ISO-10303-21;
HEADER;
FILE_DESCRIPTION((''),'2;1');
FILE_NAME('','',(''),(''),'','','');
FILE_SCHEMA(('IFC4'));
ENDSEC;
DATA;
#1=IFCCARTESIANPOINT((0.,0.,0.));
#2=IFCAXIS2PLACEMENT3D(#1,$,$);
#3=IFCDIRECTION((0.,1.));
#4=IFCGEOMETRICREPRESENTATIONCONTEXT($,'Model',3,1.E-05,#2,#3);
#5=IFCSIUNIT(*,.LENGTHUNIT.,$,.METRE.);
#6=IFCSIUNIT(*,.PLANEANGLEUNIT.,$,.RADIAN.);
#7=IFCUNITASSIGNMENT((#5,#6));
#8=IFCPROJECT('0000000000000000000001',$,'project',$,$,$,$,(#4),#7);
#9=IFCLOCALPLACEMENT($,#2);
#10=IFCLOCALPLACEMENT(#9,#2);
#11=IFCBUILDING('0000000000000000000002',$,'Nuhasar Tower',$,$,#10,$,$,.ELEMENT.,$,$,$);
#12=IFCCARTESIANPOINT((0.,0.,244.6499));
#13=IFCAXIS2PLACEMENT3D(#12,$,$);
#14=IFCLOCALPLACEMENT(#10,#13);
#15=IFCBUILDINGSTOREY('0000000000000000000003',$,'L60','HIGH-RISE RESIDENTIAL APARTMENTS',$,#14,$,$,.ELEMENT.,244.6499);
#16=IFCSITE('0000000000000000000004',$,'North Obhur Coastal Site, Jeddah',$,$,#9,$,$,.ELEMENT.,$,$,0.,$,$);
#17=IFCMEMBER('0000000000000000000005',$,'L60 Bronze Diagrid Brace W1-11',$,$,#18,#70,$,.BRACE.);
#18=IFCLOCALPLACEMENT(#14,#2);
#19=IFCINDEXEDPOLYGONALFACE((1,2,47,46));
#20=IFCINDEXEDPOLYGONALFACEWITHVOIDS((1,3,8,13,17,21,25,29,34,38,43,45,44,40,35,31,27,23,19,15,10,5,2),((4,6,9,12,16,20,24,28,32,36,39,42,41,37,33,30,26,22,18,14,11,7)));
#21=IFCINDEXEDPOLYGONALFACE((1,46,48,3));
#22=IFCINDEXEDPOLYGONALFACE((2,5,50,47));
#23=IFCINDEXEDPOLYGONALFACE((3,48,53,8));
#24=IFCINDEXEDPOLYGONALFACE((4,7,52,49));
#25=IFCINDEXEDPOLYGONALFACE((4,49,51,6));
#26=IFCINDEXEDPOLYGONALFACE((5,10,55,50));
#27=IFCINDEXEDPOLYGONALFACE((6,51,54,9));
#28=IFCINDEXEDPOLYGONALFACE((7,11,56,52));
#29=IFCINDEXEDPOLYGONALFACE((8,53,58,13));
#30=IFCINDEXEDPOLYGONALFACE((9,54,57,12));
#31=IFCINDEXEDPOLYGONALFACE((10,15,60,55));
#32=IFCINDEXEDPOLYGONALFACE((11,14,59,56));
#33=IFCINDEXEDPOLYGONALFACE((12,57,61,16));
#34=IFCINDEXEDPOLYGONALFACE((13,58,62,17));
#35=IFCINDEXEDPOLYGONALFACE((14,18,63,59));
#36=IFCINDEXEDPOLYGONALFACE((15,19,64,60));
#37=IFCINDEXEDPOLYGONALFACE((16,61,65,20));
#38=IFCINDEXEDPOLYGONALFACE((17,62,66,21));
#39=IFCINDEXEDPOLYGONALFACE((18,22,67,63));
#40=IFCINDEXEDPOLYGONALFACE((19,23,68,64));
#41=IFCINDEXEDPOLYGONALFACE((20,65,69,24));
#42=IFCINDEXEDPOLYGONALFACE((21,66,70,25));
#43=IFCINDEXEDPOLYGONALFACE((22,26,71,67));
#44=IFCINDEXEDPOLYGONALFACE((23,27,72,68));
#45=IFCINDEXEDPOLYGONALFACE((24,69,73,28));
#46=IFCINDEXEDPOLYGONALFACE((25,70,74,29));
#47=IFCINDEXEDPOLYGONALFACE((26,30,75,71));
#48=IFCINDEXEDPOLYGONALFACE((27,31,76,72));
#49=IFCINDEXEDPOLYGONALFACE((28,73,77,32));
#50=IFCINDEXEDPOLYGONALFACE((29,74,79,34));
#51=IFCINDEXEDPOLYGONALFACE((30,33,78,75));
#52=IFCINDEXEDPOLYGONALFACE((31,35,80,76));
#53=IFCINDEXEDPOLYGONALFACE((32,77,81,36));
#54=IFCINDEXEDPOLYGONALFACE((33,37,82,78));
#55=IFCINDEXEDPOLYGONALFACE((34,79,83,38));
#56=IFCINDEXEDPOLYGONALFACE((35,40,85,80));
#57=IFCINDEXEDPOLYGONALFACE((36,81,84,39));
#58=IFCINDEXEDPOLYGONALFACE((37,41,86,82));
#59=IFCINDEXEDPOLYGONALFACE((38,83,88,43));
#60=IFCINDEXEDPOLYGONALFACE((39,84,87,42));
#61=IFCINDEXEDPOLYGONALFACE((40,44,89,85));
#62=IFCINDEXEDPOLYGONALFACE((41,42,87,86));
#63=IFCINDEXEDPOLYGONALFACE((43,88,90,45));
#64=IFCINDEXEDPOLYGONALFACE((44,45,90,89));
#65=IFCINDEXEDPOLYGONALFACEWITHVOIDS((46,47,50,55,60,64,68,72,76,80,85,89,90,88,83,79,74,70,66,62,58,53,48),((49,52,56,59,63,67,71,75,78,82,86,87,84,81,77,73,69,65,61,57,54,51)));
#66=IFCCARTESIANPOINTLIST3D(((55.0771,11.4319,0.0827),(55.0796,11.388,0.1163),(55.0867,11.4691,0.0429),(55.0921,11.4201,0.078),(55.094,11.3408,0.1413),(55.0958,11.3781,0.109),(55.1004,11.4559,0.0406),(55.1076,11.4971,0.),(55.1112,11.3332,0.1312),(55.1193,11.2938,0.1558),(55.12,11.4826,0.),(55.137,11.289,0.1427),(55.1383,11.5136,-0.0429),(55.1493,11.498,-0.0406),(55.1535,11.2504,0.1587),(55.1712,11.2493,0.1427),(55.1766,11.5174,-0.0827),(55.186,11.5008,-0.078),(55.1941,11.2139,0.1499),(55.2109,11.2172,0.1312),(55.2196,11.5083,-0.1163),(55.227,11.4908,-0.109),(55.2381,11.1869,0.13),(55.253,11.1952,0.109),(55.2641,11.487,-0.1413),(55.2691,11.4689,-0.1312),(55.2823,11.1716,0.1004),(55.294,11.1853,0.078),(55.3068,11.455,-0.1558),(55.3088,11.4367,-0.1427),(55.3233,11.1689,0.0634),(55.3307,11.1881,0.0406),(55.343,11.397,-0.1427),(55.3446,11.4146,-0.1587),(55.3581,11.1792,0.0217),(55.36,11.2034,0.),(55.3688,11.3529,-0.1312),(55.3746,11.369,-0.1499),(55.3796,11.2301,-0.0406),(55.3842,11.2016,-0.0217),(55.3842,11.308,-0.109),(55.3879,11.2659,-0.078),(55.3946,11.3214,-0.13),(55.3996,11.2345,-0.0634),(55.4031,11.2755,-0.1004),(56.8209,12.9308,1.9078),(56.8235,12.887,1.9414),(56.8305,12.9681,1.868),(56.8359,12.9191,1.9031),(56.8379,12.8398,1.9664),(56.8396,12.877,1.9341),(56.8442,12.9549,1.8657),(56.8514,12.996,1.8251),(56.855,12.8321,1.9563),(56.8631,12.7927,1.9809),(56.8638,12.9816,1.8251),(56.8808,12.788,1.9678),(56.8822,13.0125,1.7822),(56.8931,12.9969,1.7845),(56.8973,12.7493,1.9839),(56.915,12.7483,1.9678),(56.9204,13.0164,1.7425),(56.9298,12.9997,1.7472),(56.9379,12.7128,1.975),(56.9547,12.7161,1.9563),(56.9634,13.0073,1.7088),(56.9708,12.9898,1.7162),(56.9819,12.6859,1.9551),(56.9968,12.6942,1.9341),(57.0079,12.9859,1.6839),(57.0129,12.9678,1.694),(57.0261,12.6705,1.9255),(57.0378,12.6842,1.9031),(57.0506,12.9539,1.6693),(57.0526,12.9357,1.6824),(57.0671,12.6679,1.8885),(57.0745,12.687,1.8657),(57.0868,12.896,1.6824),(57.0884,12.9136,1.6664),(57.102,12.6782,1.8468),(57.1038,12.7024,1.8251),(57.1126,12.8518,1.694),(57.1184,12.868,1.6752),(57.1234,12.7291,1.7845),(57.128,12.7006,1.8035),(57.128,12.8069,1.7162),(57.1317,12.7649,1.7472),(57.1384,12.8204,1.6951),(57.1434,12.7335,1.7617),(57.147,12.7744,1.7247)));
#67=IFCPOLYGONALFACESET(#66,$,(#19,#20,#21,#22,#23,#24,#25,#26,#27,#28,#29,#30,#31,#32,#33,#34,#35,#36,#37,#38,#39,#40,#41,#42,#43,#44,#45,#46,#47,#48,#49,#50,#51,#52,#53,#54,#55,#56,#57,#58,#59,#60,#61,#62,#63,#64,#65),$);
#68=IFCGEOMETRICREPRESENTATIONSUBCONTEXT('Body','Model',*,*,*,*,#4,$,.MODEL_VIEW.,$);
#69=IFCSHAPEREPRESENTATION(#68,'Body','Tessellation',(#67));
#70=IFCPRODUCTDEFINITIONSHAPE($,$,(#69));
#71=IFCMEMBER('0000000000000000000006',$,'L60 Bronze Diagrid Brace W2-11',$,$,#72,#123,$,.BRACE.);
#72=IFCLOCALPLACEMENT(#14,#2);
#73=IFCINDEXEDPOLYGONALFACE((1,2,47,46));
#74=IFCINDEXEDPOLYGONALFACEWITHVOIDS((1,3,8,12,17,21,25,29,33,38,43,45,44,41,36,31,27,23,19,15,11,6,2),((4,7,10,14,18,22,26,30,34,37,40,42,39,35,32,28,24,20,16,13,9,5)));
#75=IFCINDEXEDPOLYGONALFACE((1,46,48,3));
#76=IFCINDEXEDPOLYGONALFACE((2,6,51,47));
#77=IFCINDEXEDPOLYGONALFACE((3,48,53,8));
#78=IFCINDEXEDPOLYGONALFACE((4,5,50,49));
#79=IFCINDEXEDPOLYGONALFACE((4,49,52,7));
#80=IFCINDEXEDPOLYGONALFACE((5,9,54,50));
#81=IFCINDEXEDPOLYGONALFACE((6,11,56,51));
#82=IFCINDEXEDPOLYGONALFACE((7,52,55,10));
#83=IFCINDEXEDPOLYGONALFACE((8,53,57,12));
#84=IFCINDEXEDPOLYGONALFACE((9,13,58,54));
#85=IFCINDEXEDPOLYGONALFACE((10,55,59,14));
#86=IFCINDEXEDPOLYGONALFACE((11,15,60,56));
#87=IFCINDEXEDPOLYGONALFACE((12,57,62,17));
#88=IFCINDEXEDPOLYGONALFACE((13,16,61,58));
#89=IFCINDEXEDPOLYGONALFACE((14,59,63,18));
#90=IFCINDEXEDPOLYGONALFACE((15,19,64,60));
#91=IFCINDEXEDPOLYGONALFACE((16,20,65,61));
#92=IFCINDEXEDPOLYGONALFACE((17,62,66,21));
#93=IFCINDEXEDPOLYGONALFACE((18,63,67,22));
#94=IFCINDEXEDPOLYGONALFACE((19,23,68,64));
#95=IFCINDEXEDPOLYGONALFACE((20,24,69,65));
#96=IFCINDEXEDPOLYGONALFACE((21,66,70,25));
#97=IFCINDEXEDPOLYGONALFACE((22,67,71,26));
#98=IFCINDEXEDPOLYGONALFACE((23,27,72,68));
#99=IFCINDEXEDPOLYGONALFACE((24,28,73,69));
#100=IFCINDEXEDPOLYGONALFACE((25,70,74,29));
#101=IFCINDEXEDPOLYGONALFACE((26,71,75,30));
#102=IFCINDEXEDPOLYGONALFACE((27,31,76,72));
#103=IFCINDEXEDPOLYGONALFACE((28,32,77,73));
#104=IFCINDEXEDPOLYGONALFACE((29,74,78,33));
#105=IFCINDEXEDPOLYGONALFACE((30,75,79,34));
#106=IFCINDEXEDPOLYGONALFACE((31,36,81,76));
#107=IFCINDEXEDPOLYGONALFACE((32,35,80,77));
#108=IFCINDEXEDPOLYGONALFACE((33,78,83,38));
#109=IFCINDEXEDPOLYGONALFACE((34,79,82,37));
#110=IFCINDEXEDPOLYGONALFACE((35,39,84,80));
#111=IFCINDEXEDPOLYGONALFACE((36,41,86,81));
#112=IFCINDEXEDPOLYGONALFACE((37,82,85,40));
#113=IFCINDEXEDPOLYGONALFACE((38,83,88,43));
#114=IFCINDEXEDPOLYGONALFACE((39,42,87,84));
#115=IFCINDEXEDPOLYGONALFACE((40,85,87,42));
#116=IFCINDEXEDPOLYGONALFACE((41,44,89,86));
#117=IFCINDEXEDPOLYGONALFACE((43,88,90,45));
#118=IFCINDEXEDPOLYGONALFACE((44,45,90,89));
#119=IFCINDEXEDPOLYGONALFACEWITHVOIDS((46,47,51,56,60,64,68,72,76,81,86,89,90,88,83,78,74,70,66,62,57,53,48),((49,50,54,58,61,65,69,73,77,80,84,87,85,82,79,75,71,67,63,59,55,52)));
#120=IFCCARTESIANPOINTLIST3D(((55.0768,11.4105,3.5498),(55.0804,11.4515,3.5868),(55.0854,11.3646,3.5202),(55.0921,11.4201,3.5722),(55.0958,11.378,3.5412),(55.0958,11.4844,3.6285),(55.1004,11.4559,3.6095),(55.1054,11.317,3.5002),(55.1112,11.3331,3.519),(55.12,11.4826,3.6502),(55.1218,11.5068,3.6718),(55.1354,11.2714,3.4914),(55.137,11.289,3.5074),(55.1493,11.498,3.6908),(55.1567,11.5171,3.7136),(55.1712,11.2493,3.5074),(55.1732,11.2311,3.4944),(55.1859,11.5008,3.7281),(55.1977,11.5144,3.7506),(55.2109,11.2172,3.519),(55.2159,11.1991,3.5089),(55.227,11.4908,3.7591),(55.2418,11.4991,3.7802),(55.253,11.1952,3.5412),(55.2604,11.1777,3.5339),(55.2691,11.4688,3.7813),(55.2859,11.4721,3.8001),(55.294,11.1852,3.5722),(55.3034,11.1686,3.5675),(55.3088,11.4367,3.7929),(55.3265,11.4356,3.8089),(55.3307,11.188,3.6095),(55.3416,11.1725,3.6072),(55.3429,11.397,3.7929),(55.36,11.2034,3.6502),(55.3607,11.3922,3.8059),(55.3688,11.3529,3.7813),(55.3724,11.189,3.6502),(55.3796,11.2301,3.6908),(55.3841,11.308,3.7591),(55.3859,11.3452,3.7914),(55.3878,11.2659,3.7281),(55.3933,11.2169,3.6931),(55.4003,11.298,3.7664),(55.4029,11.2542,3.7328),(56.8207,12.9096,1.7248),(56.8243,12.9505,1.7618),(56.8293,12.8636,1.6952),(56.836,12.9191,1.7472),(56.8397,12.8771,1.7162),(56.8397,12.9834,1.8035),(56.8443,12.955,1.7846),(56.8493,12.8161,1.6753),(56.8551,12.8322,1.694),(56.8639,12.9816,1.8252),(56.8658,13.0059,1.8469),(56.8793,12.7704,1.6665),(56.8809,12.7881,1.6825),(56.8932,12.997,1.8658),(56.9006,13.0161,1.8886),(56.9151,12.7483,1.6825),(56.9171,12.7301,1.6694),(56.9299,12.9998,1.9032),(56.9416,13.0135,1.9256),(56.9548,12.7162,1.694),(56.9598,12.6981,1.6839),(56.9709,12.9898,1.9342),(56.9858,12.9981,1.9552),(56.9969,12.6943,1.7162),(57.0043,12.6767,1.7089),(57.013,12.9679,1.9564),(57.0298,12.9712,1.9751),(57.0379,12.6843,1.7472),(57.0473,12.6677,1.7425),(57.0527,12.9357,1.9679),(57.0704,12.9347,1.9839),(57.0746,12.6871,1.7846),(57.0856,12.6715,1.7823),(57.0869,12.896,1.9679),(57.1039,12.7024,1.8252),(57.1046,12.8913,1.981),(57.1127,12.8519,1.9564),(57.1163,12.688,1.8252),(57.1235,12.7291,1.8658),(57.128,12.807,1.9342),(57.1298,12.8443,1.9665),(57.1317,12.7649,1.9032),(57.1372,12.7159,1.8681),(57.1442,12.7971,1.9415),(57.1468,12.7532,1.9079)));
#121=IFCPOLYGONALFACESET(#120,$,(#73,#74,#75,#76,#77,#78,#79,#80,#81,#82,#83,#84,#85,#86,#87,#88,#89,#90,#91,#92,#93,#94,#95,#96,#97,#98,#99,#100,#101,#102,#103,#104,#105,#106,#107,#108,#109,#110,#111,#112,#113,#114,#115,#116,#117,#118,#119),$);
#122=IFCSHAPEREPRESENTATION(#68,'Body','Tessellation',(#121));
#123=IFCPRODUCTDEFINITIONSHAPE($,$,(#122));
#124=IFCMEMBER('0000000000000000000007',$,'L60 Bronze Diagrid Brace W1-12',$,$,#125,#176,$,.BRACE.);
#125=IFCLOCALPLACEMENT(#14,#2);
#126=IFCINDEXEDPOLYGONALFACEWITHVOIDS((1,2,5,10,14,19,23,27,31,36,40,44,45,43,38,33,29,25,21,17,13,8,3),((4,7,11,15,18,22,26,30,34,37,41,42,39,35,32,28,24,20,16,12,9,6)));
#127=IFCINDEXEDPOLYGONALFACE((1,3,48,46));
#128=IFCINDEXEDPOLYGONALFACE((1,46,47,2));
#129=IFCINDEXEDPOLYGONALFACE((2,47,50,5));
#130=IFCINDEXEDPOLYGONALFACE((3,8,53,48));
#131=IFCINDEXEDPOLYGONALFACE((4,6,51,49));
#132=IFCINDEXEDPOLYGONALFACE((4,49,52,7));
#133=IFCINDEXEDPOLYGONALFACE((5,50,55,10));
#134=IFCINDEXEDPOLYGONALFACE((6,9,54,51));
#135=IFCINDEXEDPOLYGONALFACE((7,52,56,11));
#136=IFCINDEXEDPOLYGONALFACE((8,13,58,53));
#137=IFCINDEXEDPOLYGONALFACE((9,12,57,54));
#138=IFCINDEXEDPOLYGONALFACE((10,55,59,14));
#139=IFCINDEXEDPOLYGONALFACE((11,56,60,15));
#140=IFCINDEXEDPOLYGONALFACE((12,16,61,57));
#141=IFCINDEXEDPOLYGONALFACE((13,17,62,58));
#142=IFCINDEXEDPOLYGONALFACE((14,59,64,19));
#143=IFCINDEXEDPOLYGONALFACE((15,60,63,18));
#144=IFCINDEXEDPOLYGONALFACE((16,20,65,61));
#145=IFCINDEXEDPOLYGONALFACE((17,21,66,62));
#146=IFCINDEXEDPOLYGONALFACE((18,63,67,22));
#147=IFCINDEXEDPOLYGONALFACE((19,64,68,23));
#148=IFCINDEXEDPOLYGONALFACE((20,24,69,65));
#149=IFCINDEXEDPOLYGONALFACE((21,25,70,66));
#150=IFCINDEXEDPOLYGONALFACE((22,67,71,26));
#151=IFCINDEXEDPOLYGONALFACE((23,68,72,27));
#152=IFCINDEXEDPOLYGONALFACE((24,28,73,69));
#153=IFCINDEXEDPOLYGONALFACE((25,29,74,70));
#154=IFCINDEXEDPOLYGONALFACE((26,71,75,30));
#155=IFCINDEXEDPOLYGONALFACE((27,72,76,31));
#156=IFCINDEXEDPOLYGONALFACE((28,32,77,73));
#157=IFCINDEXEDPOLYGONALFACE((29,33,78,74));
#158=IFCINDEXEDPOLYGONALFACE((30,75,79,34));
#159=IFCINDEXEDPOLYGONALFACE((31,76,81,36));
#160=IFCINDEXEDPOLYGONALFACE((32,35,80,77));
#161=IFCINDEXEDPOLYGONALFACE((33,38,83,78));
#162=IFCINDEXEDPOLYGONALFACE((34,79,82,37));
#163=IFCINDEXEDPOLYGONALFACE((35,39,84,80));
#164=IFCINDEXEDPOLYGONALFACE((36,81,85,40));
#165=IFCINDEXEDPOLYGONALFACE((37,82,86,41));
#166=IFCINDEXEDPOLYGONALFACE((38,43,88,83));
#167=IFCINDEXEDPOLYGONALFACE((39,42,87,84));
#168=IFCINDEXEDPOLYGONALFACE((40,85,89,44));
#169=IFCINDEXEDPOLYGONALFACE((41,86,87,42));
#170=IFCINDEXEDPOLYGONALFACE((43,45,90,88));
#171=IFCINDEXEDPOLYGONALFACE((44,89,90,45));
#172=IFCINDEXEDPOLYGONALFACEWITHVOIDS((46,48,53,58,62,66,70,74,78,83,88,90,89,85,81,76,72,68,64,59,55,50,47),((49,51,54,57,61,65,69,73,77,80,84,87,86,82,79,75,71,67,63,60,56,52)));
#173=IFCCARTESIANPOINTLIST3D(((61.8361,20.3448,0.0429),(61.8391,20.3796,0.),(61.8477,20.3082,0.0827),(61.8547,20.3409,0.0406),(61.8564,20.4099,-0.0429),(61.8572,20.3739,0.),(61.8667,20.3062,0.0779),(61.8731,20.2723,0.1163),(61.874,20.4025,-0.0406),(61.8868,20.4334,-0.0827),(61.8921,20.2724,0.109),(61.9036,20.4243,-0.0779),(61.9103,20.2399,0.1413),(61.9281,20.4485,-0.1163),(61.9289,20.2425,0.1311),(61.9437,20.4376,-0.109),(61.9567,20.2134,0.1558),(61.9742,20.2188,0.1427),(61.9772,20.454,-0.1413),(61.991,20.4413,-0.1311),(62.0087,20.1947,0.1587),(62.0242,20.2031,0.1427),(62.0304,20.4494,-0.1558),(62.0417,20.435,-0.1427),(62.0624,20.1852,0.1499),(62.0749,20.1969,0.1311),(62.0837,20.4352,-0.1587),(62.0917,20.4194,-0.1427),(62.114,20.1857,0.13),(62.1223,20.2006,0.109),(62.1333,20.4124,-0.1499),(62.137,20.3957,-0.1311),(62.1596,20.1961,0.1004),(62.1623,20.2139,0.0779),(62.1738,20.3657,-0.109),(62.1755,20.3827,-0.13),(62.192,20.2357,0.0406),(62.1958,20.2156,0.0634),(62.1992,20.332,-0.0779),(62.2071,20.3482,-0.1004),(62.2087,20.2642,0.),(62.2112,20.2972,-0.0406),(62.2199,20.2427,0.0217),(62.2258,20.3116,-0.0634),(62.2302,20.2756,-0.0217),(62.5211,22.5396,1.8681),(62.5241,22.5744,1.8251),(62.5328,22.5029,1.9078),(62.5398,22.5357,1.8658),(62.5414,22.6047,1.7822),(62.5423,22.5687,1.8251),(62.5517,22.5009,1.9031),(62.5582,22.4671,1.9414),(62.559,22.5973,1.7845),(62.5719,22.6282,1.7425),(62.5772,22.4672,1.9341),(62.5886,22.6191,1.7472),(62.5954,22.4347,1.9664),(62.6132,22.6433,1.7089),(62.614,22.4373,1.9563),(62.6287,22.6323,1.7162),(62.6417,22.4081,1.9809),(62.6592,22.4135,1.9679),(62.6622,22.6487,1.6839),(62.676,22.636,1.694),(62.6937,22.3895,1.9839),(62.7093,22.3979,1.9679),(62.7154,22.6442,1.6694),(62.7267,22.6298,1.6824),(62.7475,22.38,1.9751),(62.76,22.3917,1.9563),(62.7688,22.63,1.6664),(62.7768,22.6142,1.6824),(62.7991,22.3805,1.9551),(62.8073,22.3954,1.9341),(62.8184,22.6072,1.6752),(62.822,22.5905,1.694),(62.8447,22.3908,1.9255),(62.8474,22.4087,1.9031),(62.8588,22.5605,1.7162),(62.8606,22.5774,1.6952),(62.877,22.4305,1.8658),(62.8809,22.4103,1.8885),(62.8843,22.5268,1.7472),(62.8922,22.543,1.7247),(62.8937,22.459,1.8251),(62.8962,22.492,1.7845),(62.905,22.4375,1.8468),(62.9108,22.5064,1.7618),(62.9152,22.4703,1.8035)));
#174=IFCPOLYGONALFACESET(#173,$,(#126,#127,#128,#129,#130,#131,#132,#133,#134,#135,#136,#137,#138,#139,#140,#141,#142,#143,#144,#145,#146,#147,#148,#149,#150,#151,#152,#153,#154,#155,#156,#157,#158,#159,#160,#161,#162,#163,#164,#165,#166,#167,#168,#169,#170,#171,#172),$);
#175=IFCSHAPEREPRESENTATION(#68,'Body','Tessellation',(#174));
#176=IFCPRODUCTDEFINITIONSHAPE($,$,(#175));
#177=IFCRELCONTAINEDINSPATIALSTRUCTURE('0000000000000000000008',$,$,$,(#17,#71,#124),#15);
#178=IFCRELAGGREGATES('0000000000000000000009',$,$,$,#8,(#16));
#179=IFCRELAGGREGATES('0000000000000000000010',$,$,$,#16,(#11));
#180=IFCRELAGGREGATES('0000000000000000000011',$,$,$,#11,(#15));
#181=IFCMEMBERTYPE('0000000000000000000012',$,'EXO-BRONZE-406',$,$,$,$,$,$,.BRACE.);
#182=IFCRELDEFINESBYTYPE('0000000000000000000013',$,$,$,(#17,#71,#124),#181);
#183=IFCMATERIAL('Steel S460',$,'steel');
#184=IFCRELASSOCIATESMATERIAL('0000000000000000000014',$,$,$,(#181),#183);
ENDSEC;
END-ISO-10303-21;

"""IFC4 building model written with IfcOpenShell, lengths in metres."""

from ifc_helpers import new_model, si_unit, direction, frame, origin, origin_2d, place, context, subcontext, project, spatial, hollow_circle, extrude, material, material_profile, profile_set, type_object, element, save


model = new_model("IFC4")

# Units and contexts
model_context = context("Model", 3, precision=1e-05, world=origin(), true_north=direction((0.0, 1.0)))
body_context = subcontext(model_context, "Body", "Model", "MODEL_VIEW")
ifc_project = project(units=[si_unit("LENGTHUNIT", "METRE"), si_unit("PLANEANGLEUNIT", "RADIAN")], contexts=[model_context])

# Site, building, storey
site_placement = place(None, origin())
site = spatial("IfcSite", under=ifc_project, at=site_placement, Name="North Obhur Coastal Site, Jeddah", CompositionType="ELEMENT", RefElevation=0.0)
building_placement = place(site_placement, origin())
building = spatial("IfcBuilding", under=site, at=building_placement, Name="Nuhasar Tower", CompositionType="ELEMENT")
storey_placement = place(building_placement, frame((0.0, 0.0, 244.6499)))
storey = spatial("IfcBuildingStorey", under=building, at=storey_placement, Name="L60", Description="HIGH-RISE RESIDENTIAL APARTMENTS", CompositionType="ELEMENT", Elevation=244.6499)

# Members
ifc_material_1 = material(Name="Steel S460", Category="steel")
ifc_material_profile_1 = material_profile(ifc_material_1, hollow_circle(Radius=0.2031, WallThickness=0.019, at=origin_2d()), Name="HSS406.4X19.1")
ifc_profile_set_1 = profile_set([ifc_material_profile_1], Name="Steel S460")
member_type_1 = type_object("IfcMemberType", Name="EXO-BRONZE-406", PredefinedType="BRACE", material=ifc_profile_set_1)
for number, where, z_axis, x_axis, name in (
    (1, (55.24, 11.343, 0.0), (0.593988, 0.510582, 0.621679), (-0.651857, 0.758342, 0.0), "L60 Bronze Diagrid Brace W1-11"),
    (2, (56.9839, 12.842, 1.8252), (-0.594019, -0.510608, 0.621628), (0.651857, -0.758342, 0.0), "L60 Bronze Diagrid Brace W2-11"),
):
    element("IfcMember", number, at=place(storey_placement, frame(where, z_axis=z_axis, x_axis=x_axis)), inside=storey, type_object=member_type_1, Name=name, PredefinedType="BRACE", context=body_context, shape_type="SweptSolid", body=[
        extrude(hollow_circle(Radius=0.2031, WallThickness=0.019, at=origin_2d()), origin(), (0.0, 0.0, 1.0), 2.9358),
    ])
for number, where, z_axis, x_axis, name in (
    (3, (62.033, 20.3191, 0.0), (0.23336, 0.747651, 0.62174), (-0.954582, 0.297948, 0.0), "L60 Bronze Diagrid Brace W1-12"),
):
    element("IfcMember", number, at=place(storey_placement, frame(where, z_axis=z_axis, x_axis=x_axis)), inside=storey, type_object=member_type_1, Name=name, PredefinedType="BRACE", context=body_context, shape_type="SweptSolid", body=[
        extrude(hollow_circle(Radius=0.2031, WallThickness=0.019, at=origin_2d()), origin(), (0.0, 0.0, 1.0), 2.9355),
    ])

save(model, "model.ifc")
